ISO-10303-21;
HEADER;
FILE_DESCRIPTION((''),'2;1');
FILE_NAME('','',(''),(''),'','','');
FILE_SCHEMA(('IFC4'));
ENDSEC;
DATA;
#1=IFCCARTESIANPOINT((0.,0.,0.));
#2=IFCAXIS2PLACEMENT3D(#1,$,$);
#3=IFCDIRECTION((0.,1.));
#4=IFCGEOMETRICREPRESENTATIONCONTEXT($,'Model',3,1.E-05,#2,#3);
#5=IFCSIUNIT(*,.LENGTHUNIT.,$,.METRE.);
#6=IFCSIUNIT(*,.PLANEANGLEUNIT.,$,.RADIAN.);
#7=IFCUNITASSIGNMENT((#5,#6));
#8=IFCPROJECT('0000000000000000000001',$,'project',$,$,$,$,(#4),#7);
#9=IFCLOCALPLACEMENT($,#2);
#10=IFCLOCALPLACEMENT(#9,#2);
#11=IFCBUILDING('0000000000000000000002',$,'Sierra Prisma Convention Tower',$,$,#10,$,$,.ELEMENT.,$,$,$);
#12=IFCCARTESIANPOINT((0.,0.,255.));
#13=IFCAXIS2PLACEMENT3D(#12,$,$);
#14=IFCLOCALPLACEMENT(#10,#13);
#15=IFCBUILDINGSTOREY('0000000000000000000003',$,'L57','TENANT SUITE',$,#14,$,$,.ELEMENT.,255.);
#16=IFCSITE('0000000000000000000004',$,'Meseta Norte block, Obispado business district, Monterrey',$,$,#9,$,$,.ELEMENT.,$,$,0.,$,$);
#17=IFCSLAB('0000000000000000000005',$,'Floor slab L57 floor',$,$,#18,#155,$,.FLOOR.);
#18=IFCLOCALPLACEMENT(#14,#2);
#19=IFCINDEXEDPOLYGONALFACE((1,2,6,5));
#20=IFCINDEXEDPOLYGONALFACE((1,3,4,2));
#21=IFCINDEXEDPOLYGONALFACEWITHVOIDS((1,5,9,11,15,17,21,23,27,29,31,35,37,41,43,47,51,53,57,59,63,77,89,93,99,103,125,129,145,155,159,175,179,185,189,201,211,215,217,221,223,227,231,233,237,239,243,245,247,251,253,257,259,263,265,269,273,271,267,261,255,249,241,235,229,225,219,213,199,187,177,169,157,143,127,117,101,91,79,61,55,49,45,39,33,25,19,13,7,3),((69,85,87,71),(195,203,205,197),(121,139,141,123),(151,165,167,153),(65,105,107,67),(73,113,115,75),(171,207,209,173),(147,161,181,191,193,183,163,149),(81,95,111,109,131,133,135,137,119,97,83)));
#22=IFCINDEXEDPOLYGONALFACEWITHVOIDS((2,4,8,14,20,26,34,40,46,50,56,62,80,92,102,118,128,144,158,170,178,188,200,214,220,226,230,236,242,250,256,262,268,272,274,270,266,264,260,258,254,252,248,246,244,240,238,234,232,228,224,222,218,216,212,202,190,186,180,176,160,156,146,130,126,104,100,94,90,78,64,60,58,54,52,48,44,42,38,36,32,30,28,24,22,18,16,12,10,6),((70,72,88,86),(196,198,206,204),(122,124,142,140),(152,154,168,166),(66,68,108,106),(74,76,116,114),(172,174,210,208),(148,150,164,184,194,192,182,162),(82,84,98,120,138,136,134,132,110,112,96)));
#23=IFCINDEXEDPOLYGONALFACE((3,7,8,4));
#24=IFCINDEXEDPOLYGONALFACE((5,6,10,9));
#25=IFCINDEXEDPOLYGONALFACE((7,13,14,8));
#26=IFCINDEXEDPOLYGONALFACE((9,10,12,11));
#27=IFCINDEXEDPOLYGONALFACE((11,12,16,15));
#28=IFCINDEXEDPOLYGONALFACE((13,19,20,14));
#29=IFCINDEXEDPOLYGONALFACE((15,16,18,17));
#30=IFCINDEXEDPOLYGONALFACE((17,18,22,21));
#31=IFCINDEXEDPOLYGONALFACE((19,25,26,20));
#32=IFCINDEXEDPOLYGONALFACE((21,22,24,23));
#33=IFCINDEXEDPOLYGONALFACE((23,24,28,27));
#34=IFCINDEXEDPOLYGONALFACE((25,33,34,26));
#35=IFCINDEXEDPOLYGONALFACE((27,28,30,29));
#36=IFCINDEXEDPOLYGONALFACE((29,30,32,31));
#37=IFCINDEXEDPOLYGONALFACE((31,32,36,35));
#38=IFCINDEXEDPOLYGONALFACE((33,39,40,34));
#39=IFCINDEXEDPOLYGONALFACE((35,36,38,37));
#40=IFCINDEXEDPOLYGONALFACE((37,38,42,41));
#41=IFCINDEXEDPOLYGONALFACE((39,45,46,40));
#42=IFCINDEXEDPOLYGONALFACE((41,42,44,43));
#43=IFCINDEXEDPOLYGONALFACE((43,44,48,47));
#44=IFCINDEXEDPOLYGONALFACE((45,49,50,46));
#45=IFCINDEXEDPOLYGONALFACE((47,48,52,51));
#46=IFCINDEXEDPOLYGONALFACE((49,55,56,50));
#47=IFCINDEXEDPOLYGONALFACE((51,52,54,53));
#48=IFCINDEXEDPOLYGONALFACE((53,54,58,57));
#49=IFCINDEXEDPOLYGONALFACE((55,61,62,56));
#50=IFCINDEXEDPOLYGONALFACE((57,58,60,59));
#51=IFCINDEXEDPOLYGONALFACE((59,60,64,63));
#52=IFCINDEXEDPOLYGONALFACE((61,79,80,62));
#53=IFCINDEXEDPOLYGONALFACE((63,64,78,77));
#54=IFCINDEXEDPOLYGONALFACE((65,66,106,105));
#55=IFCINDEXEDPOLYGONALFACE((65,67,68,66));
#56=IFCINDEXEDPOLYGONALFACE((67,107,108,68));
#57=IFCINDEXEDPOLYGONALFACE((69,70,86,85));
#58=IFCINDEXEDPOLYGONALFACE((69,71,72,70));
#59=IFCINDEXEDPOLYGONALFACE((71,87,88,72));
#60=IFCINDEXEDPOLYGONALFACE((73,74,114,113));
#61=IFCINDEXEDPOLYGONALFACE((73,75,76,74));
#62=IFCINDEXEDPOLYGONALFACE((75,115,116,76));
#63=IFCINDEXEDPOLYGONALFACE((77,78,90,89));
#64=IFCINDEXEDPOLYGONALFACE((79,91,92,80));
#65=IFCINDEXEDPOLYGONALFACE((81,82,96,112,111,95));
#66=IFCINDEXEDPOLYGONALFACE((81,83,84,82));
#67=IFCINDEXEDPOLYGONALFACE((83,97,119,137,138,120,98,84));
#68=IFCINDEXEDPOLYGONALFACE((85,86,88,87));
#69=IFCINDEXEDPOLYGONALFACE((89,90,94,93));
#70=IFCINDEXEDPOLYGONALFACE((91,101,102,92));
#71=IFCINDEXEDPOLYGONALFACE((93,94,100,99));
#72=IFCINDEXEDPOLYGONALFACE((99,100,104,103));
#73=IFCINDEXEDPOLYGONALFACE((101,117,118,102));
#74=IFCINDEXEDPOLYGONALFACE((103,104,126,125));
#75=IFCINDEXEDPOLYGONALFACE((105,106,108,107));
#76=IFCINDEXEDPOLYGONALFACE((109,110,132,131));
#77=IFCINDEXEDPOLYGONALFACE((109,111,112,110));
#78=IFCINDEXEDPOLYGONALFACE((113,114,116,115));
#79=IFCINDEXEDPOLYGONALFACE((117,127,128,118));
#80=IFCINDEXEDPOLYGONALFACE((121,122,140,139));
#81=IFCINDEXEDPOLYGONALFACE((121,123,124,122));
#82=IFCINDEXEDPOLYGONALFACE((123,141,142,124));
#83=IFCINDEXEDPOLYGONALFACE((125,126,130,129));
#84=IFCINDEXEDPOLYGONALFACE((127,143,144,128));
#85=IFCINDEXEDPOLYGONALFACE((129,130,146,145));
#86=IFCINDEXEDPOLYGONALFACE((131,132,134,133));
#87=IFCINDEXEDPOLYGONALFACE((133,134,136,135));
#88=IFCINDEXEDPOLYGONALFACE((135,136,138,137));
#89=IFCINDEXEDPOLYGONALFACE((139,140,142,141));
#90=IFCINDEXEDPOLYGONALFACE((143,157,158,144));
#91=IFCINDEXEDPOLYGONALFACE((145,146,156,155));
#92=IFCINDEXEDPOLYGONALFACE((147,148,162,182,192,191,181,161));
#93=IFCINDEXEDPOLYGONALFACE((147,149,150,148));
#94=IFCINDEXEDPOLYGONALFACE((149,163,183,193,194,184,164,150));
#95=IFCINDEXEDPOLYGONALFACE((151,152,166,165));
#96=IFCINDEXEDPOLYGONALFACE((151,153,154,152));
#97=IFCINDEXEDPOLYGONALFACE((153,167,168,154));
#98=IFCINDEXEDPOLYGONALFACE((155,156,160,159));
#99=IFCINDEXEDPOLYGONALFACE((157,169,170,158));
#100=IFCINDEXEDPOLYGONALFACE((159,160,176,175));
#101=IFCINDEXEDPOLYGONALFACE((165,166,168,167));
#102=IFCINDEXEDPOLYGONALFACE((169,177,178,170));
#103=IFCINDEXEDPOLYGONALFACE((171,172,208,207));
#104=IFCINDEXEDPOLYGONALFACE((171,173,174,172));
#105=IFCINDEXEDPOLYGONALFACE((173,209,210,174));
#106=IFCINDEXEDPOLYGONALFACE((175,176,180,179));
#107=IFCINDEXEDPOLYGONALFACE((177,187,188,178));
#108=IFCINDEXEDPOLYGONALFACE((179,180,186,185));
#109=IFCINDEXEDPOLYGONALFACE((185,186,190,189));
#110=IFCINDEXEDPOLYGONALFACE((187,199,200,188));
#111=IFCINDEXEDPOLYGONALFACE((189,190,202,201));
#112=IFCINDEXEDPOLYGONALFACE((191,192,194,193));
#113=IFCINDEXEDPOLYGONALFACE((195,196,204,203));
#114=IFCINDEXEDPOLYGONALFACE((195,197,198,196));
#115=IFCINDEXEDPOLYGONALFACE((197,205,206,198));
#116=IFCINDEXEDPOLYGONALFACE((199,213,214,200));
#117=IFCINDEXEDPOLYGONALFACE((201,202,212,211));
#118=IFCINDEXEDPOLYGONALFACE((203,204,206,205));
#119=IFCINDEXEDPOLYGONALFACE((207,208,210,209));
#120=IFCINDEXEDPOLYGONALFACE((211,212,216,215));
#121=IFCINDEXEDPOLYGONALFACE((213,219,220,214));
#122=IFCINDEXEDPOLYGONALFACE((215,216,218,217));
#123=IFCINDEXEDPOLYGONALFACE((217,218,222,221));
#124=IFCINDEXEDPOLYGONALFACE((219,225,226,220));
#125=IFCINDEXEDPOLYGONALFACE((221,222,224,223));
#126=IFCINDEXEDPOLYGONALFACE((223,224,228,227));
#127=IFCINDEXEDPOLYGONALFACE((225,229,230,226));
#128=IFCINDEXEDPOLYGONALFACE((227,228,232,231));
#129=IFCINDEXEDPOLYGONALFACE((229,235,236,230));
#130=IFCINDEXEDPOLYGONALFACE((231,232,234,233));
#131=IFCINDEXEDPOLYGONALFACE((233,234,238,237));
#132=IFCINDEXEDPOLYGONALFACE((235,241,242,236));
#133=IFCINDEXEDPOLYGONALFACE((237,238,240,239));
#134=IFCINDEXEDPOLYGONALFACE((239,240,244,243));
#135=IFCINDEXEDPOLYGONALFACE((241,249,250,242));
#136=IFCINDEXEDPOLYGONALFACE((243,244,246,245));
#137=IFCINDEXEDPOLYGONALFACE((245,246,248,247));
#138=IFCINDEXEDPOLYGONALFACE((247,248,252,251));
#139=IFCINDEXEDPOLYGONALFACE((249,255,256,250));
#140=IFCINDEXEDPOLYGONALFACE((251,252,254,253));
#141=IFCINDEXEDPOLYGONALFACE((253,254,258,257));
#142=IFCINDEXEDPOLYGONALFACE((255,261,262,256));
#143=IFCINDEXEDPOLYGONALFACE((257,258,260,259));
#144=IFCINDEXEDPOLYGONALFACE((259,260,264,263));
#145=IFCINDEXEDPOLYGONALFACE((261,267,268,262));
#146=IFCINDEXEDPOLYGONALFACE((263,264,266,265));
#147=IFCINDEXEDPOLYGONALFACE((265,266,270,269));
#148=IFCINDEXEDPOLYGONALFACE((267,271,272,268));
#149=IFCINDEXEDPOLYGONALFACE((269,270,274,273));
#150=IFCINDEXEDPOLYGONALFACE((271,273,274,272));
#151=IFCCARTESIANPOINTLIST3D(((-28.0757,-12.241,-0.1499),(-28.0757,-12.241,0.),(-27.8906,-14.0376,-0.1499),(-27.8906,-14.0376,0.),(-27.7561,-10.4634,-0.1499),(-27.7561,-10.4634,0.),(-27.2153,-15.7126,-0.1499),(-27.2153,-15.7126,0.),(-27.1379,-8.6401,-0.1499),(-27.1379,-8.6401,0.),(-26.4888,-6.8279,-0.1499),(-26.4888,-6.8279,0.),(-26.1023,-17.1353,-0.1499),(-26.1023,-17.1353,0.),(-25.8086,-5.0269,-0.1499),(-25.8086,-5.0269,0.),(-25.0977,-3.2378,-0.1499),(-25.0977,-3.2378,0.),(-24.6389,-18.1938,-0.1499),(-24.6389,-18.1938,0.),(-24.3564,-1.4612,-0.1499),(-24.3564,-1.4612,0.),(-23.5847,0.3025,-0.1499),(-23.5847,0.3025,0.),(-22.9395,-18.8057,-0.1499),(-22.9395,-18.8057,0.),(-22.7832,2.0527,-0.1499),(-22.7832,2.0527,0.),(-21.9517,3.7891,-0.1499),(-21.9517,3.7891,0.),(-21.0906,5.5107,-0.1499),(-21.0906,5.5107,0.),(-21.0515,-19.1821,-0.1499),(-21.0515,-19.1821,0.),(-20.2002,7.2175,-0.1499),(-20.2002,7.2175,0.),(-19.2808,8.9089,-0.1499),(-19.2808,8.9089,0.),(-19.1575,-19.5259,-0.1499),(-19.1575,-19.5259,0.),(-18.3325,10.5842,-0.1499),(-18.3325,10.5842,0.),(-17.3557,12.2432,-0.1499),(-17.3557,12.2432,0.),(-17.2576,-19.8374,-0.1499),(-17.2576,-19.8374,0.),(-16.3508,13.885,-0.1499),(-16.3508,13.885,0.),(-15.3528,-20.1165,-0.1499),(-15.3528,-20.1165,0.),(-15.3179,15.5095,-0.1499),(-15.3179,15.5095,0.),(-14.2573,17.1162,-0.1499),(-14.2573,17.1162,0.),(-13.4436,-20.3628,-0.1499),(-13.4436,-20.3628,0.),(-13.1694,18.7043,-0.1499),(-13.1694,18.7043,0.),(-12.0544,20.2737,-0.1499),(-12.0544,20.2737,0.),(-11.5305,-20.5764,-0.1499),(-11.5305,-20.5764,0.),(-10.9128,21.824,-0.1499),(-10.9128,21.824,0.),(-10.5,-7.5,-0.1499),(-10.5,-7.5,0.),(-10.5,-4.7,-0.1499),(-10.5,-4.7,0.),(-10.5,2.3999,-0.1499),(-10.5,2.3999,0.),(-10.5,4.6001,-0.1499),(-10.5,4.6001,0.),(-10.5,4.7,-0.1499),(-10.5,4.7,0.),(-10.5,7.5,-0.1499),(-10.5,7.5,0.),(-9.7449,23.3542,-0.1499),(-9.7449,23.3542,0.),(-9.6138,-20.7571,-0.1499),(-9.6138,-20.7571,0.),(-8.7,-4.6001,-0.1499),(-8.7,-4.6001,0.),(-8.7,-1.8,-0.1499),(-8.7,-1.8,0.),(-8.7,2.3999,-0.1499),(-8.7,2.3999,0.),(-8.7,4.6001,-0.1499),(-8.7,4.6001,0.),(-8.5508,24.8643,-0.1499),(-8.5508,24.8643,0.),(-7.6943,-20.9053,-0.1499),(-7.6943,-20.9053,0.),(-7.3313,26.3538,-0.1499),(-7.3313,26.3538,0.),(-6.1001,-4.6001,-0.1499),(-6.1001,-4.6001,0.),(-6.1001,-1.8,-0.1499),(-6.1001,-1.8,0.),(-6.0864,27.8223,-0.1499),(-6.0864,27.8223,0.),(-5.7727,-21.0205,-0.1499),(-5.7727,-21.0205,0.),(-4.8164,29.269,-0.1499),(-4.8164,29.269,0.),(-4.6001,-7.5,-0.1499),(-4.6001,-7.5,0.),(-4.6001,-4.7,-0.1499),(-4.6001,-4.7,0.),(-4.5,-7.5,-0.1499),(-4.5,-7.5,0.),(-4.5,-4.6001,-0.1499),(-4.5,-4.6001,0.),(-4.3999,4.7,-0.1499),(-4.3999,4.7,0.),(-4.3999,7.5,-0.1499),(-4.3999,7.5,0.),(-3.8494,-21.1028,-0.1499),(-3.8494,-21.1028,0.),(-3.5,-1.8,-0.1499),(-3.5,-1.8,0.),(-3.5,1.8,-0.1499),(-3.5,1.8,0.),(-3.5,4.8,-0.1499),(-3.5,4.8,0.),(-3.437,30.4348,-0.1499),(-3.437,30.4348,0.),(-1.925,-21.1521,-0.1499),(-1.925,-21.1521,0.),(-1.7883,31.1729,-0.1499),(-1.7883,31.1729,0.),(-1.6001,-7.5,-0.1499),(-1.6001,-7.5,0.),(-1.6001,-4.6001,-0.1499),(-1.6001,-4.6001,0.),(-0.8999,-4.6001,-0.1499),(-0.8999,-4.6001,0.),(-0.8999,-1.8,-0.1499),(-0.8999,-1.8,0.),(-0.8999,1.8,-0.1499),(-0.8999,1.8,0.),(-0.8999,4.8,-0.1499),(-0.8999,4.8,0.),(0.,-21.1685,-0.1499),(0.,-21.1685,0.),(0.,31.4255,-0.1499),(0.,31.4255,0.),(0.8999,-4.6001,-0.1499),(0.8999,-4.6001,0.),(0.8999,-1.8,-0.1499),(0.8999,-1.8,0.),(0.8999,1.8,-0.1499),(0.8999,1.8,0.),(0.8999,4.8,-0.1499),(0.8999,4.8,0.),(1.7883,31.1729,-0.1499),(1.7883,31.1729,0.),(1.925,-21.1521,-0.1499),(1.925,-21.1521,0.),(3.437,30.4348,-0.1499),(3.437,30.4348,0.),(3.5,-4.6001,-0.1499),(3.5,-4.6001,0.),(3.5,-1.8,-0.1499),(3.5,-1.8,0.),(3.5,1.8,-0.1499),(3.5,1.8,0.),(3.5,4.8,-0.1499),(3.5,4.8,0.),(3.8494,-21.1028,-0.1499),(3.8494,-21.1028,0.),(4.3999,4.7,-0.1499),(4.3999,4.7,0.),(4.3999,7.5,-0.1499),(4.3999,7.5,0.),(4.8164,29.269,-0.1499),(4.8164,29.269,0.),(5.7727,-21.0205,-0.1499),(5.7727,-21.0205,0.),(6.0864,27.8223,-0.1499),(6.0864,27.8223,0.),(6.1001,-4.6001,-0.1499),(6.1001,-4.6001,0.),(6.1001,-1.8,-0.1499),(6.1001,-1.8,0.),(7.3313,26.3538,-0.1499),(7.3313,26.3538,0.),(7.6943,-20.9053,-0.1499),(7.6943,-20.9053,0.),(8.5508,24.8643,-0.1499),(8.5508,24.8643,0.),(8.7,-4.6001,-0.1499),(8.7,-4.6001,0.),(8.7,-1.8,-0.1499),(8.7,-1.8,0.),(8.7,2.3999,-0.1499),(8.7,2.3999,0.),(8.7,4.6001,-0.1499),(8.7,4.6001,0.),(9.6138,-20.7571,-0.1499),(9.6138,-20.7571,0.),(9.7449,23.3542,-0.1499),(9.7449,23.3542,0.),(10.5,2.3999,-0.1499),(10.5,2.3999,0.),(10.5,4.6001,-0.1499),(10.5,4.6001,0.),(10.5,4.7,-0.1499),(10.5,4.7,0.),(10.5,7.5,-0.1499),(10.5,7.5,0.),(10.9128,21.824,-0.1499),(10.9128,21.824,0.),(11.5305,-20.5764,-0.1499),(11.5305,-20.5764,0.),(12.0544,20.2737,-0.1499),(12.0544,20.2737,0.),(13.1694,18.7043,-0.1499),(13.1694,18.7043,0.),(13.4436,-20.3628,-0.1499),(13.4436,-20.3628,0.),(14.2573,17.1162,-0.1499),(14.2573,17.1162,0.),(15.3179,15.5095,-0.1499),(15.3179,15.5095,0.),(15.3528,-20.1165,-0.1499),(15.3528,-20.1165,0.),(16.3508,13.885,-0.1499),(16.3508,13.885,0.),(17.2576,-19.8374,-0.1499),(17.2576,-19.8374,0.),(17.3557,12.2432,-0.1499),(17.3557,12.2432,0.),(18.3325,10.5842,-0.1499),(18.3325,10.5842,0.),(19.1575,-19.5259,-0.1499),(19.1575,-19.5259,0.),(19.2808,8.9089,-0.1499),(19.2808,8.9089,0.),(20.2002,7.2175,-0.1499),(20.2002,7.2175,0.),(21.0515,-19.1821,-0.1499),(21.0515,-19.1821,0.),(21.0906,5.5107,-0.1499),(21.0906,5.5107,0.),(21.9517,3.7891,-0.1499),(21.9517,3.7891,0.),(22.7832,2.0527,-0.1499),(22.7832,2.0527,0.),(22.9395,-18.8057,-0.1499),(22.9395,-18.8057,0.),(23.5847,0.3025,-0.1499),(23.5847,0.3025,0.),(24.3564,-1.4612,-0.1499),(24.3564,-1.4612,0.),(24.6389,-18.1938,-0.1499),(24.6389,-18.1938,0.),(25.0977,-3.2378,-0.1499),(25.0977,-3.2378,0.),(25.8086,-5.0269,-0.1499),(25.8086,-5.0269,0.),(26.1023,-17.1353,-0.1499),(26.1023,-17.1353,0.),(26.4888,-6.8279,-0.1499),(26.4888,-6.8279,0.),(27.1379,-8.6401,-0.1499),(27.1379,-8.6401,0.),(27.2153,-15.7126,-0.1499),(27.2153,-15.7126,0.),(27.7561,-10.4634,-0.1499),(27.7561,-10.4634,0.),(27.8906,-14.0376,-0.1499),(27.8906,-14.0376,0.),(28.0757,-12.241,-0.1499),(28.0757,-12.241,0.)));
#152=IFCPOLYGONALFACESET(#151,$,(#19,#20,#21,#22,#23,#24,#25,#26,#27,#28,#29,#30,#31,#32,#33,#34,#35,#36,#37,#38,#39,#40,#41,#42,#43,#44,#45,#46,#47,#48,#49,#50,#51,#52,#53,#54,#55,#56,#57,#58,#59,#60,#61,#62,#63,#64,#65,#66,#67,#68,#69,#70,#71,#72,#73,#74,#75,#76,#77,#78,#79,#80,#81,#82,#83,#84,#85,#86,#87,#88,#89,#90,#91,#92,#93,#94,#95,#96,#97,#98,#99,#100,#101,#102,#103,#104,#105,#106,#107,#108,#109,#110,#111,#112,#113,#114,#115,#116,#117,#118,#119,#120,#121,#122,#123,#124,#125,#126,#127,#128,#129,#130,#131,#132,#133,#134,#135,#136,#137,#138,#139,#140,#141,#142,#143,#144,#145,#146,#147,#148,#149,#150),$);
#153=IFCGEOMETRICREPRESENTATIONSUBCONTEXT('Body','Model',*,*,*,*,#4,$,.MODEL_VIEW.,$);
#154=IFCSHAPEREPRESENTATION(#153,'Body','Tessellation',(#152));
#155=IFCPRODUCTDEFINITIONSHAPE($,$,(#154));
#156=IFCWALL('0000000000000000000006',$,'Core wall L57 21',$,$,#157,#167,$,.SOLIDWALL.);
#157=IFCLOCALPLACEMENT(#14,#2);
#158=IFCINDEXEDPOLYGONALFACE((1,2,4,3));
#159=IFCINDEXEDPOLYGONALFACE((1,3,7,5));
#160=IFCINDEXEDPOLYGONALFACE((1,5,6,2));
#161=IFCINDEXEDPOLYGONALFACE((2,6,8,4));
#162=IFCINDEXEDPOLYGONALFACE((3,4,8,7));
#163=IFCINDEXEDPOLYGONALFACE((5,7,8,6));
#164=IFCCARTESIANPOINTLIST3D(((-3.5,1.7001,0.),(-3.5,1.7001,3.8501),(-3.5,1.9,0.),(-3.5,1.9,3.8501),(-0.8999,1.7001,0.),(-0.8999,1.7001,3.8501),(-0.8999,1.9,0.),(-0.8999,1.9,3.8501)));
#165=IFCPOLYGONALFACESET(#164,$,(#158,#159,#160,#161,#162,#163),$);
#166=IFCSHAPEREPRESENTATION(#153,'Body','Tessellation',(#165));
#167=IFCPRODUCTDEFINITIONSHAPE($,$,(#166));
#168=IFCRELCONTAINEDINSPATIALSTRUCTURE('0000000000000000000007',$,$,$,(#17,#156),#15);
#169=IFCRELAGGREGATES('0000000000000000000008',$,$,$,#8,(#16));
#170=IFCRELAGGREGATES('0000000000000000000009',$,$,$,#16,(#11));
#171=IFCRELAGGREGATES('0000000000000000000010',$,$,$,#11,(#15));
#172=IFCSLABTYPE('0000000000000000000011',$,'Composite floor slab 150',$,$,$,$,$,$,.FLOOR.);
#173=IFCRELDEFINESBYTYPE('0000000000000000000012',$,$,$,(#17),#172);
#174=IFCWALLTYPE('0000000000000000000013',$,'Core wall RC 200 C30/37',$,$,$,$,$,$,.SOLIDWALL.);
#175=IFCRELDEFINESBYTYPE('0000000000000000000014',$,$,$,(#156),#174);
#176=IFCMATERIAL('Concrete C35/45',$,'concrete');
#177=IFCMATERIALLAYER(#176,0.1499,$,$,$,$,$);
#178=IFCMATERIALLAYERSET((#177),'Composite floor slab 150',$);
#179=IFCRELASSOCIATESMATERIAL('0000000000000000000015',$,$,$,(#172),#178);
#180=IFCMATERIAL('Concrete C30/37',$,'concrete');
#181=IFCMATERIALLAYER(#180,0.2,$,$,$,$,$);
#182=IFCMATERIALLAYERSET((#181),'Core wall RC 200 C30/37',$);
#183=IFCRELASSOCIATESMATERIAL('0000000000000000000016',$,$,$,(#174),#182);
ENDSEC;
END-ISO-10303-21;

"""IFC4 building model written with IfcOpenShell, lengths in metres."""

from ifc_helpers import new_model, si_unit, direction, frame, frame_2d, origin, place, context, subcontext, project, spatial, polyline, rectangle, outline, extrude, material, layer, layer_set, type_object, element, save


model = new_model("IFC4")

# Units and contexts
model_context = context("Model", 3, precision=1e-05, world=origin(), true_north=direction((0.0, 1.0)))
body_context = subcontext(model_context, "Body", "Model", "MODEL_VIEW")
ifc_project = project(units=[si_unit("LENGTHUNIT", "METRE"), si_unit("PLANEANGLEUNIT", "RADIAN")], contexts=[model_context])

# Site, building, storey
site_placement = place(None, origin())
site = spatial("IfcSite", under=ifc_project, at=site_placement, Name="Meseta Norte block, Obispado business district, Monterrey", CompositionType="ELEMENT", RefElevation=0.0)
building_placement = place(site_placement, origin())
building = spatial("IfcBuilding", under=site, at=building_placement, Name="Sierra Prisma Convention Tower", CompositionType="ELEMENT")
storey_placement = place(building_placement, frame((0.0, 0.0, 255.0)))
storey = spatial("IfcBuildingStorey", under=building, at=storey_placement, Name="L57", Description="TENANT SUITE", CompositionType="ELEMENT", Elevation=255.0)

# Slab
ifc_material_1 = material(Name="Concrete C35/45", Category="concrete")
ifc_layer_1 = layer(ifc_material_1, 0.1499)
ifc_layer_set_1 = layer_set([ifc_layer_1], Name="Composite floor slab 150")
slab_type = type_object("IfcSlabType", Name="Composite floor slab 150", PredefinedType="FLOOR", material=ifc_layer_set_1)
slab_placement = place(storey_placement, frame((0.0, 0.0, -0.1499)))
element("IfcSlab", 1, at=slab_placement, inside=storey, type_object=slab_type, Name="Floor slab L57 floor", PredefinedType="FLOOR", context=body_context, shape_type="SweptSolid", body=[
    extrude(outline(polyline([(-22.9395, -18.8057), (-21.0515, -19.1821), (-19.1575, -19.5259), (-17.2576, -19.8374), (-15.3528, -20.1165), (-13.4436, -20.3628), (-11.5305, -20.5764), (-9.6138, -20.7571), (-7.6943, -20.9053), (-5.7727, -21.0205), (-3.8494, -21.1028), (-1.925, -21.1521), (0.0, -21.1685), (1.925, -21.1521), (3.8494, -21.1028), (5.7727, -21.0205), (7.6943, -20.9053), (9.6138, -20.7571), (11.5305, -20.5764), (13.4436, -20.3628), (15.3528, -20.1165), (17.2576, -19.8374), (19.1575, -19.5259), (21.0515, -19.1821), (22.9395, -18.8057), (24.6389, -18.1938), (26.1023, -17.1353), (27.2153, -15.7126), (27.8906, -14.0376), (28.0757, -12.241), (27.7561, -10.4634), (27.1379, -8.6401), (26.4888, -6.8279), (25.8086, -5.0269), (25.0977, -3.2378), (24.3564, -1.4612), (23.5847, 0.3025), (22.7832, 2.0527), (21.9517, 3.7891), (21.0906, 5.5107), (20.2002, 7.2175), (19.2808, 8.9089), (18.3325, 10.5842), (17.3557, 12.2432), (16.3508, 13.885), (15.3179, 15.5095), (14.2573, 17.1162), (13.1694, 18.7043), (12.0544, 20.2737), (10.9128, 21.824), (9.7449, 23.3542), (8.5508, 24.8643), (7.3313, 26.3538), (6.0864, 27.8223), (4.8164, 29.269), (3.437, 30.4348), (1.7883, 31.1729), (0.0, 31.4255), (-1.7883, 31.1729), (-3.437, 30.4348), (-4.8164, 29.269), (-6.0864, 27.8223), (-7.3313, 26.3538), (-8.5508, 24.8643), (-9.7449, 23.3542), (-10.9128, 21.824), (-12.0544, 20.2737), (-13.1694, 18.7043), (-14.2573, 17.1162), (-15.3179, 15.5095), (-16.3508, 13.885), (-17.3557, 12.2432), (-18.3325, 10.5842), (-19.2808, 8.9089), (-20.2002, 7.2175), (-21.0906, 5.5107), (-21.9517, 3.7891), (-22.7832, 2.0527), (-23.5847, 0.3025), (-24.3564, -1.4612), (-25.0977, -3.2378), (-25.8086, -5.0269), (-26.4888, -6.8279), (-27.1379, -8.6401), (-27.7561, -10.4634), (-28.0757, -12.241), (-27.8906, -14.0376), (-27.2153, -15.7126), (-26.1023, -17.1353), (-24.6389, -18.1938), (-22.9395, -18.8057)]), holes=[polyline([(-4.6001, -4.7), (-4.6001, -7.5), (-10.5, -7.5), (-10.5, -4.7), (-4.6001, -4.7)]), polyline([(-4.5, -7.5), (-4.5, -4.6001), (-6.1001, -4.6001), (-8.7, -4.6001), (-8.7, -1.8), (-6.1001, -1.8), (-3.5, -1.8), (-0.8999, -1.8), (-0.8999, -4.6001), (-1.6001, -4.6001), (-1.6001, -7.5), (-4.5, -7.5)]), polyline([(-8.7, 2.3999), (-10.5, 2.3999), (-10.5, 4.6001), (-8.7, 4.6001), (-8.7, 2.3999)]), polyline([(-4.3999, 4.7), (-10.5, 4.7), (-10.5, 7.5), (-4.3999, 7.5), (-4.3999, 4.7)]), polyline([(3.5, -1.8), (6.1001, -1.8), (8.7, -1.8), (8.7, -4.6001), (6.1001, -4.6001), (3.5, -4.6001), (0.8999, -4.6001), (0.8999, -1.8), (3.5, -1.8)]), polyline([(-0.8999, 1.8), (-3.5, 1.8), (-3.5, 4.8), (-0.8999, 4.8), (-0.8999, 1.8)]), polyline([(3.5, 1.8), (0.8999, 1.8), (0.8999, 4.8), (3.5, 4.8), (3.5, 1.8)]), polyline([(10.5, 2.3999), (8.7, 2.3999), (8.7, 4.6001), (10.5, 4.6001), (10.5, 2.3999)]), polyline([(10.5, 4.7), (4.3999, 4.7), (4.3999, 7.5), (10.5, 7.5), (10.5, 4.7)])]), origin(), (0.0, 0.0, 1.0), 0.1499),
])

# Shared definitions
ifc_material_2 = material(Name="Concrete C30/37", Category="concrete")
ifc_layer_2 = layer(ifc_material_2, 0.2)
ifc_layer_set_2 = layer_set([ifc_layer_2], Name="Core wall RC 200 C30/37")
wall_type = type_object("IfcWallType", Name="Core wall RC 200 C30/37", PredefinedType="SOLIDWALL", material=ifc_layer_set_2)

# Wall
wall_1_placement = place(storey_placement, frame((-0.8999, 1.8, 0.0), z_axis=(0.0, 0.0, 1.0), x_axis=(-1.0, 0.0, 0.0)))
element("IfcWall", 2, at=wall_1_placement, inside=storey, type_object=wall_type, Name="Core wall L57 21", PredefinedType="SOLIDWALL", context=body_context, shape_type="SweptSolid", body=[
    extrude(rectangle(XDim=2.6001, YDim=0.2, at=frame_2d((1.3, 0.0))), origin(), (0.0, 0.0, 1.0), 3.8501),
])

save(model, "model.ifc")
